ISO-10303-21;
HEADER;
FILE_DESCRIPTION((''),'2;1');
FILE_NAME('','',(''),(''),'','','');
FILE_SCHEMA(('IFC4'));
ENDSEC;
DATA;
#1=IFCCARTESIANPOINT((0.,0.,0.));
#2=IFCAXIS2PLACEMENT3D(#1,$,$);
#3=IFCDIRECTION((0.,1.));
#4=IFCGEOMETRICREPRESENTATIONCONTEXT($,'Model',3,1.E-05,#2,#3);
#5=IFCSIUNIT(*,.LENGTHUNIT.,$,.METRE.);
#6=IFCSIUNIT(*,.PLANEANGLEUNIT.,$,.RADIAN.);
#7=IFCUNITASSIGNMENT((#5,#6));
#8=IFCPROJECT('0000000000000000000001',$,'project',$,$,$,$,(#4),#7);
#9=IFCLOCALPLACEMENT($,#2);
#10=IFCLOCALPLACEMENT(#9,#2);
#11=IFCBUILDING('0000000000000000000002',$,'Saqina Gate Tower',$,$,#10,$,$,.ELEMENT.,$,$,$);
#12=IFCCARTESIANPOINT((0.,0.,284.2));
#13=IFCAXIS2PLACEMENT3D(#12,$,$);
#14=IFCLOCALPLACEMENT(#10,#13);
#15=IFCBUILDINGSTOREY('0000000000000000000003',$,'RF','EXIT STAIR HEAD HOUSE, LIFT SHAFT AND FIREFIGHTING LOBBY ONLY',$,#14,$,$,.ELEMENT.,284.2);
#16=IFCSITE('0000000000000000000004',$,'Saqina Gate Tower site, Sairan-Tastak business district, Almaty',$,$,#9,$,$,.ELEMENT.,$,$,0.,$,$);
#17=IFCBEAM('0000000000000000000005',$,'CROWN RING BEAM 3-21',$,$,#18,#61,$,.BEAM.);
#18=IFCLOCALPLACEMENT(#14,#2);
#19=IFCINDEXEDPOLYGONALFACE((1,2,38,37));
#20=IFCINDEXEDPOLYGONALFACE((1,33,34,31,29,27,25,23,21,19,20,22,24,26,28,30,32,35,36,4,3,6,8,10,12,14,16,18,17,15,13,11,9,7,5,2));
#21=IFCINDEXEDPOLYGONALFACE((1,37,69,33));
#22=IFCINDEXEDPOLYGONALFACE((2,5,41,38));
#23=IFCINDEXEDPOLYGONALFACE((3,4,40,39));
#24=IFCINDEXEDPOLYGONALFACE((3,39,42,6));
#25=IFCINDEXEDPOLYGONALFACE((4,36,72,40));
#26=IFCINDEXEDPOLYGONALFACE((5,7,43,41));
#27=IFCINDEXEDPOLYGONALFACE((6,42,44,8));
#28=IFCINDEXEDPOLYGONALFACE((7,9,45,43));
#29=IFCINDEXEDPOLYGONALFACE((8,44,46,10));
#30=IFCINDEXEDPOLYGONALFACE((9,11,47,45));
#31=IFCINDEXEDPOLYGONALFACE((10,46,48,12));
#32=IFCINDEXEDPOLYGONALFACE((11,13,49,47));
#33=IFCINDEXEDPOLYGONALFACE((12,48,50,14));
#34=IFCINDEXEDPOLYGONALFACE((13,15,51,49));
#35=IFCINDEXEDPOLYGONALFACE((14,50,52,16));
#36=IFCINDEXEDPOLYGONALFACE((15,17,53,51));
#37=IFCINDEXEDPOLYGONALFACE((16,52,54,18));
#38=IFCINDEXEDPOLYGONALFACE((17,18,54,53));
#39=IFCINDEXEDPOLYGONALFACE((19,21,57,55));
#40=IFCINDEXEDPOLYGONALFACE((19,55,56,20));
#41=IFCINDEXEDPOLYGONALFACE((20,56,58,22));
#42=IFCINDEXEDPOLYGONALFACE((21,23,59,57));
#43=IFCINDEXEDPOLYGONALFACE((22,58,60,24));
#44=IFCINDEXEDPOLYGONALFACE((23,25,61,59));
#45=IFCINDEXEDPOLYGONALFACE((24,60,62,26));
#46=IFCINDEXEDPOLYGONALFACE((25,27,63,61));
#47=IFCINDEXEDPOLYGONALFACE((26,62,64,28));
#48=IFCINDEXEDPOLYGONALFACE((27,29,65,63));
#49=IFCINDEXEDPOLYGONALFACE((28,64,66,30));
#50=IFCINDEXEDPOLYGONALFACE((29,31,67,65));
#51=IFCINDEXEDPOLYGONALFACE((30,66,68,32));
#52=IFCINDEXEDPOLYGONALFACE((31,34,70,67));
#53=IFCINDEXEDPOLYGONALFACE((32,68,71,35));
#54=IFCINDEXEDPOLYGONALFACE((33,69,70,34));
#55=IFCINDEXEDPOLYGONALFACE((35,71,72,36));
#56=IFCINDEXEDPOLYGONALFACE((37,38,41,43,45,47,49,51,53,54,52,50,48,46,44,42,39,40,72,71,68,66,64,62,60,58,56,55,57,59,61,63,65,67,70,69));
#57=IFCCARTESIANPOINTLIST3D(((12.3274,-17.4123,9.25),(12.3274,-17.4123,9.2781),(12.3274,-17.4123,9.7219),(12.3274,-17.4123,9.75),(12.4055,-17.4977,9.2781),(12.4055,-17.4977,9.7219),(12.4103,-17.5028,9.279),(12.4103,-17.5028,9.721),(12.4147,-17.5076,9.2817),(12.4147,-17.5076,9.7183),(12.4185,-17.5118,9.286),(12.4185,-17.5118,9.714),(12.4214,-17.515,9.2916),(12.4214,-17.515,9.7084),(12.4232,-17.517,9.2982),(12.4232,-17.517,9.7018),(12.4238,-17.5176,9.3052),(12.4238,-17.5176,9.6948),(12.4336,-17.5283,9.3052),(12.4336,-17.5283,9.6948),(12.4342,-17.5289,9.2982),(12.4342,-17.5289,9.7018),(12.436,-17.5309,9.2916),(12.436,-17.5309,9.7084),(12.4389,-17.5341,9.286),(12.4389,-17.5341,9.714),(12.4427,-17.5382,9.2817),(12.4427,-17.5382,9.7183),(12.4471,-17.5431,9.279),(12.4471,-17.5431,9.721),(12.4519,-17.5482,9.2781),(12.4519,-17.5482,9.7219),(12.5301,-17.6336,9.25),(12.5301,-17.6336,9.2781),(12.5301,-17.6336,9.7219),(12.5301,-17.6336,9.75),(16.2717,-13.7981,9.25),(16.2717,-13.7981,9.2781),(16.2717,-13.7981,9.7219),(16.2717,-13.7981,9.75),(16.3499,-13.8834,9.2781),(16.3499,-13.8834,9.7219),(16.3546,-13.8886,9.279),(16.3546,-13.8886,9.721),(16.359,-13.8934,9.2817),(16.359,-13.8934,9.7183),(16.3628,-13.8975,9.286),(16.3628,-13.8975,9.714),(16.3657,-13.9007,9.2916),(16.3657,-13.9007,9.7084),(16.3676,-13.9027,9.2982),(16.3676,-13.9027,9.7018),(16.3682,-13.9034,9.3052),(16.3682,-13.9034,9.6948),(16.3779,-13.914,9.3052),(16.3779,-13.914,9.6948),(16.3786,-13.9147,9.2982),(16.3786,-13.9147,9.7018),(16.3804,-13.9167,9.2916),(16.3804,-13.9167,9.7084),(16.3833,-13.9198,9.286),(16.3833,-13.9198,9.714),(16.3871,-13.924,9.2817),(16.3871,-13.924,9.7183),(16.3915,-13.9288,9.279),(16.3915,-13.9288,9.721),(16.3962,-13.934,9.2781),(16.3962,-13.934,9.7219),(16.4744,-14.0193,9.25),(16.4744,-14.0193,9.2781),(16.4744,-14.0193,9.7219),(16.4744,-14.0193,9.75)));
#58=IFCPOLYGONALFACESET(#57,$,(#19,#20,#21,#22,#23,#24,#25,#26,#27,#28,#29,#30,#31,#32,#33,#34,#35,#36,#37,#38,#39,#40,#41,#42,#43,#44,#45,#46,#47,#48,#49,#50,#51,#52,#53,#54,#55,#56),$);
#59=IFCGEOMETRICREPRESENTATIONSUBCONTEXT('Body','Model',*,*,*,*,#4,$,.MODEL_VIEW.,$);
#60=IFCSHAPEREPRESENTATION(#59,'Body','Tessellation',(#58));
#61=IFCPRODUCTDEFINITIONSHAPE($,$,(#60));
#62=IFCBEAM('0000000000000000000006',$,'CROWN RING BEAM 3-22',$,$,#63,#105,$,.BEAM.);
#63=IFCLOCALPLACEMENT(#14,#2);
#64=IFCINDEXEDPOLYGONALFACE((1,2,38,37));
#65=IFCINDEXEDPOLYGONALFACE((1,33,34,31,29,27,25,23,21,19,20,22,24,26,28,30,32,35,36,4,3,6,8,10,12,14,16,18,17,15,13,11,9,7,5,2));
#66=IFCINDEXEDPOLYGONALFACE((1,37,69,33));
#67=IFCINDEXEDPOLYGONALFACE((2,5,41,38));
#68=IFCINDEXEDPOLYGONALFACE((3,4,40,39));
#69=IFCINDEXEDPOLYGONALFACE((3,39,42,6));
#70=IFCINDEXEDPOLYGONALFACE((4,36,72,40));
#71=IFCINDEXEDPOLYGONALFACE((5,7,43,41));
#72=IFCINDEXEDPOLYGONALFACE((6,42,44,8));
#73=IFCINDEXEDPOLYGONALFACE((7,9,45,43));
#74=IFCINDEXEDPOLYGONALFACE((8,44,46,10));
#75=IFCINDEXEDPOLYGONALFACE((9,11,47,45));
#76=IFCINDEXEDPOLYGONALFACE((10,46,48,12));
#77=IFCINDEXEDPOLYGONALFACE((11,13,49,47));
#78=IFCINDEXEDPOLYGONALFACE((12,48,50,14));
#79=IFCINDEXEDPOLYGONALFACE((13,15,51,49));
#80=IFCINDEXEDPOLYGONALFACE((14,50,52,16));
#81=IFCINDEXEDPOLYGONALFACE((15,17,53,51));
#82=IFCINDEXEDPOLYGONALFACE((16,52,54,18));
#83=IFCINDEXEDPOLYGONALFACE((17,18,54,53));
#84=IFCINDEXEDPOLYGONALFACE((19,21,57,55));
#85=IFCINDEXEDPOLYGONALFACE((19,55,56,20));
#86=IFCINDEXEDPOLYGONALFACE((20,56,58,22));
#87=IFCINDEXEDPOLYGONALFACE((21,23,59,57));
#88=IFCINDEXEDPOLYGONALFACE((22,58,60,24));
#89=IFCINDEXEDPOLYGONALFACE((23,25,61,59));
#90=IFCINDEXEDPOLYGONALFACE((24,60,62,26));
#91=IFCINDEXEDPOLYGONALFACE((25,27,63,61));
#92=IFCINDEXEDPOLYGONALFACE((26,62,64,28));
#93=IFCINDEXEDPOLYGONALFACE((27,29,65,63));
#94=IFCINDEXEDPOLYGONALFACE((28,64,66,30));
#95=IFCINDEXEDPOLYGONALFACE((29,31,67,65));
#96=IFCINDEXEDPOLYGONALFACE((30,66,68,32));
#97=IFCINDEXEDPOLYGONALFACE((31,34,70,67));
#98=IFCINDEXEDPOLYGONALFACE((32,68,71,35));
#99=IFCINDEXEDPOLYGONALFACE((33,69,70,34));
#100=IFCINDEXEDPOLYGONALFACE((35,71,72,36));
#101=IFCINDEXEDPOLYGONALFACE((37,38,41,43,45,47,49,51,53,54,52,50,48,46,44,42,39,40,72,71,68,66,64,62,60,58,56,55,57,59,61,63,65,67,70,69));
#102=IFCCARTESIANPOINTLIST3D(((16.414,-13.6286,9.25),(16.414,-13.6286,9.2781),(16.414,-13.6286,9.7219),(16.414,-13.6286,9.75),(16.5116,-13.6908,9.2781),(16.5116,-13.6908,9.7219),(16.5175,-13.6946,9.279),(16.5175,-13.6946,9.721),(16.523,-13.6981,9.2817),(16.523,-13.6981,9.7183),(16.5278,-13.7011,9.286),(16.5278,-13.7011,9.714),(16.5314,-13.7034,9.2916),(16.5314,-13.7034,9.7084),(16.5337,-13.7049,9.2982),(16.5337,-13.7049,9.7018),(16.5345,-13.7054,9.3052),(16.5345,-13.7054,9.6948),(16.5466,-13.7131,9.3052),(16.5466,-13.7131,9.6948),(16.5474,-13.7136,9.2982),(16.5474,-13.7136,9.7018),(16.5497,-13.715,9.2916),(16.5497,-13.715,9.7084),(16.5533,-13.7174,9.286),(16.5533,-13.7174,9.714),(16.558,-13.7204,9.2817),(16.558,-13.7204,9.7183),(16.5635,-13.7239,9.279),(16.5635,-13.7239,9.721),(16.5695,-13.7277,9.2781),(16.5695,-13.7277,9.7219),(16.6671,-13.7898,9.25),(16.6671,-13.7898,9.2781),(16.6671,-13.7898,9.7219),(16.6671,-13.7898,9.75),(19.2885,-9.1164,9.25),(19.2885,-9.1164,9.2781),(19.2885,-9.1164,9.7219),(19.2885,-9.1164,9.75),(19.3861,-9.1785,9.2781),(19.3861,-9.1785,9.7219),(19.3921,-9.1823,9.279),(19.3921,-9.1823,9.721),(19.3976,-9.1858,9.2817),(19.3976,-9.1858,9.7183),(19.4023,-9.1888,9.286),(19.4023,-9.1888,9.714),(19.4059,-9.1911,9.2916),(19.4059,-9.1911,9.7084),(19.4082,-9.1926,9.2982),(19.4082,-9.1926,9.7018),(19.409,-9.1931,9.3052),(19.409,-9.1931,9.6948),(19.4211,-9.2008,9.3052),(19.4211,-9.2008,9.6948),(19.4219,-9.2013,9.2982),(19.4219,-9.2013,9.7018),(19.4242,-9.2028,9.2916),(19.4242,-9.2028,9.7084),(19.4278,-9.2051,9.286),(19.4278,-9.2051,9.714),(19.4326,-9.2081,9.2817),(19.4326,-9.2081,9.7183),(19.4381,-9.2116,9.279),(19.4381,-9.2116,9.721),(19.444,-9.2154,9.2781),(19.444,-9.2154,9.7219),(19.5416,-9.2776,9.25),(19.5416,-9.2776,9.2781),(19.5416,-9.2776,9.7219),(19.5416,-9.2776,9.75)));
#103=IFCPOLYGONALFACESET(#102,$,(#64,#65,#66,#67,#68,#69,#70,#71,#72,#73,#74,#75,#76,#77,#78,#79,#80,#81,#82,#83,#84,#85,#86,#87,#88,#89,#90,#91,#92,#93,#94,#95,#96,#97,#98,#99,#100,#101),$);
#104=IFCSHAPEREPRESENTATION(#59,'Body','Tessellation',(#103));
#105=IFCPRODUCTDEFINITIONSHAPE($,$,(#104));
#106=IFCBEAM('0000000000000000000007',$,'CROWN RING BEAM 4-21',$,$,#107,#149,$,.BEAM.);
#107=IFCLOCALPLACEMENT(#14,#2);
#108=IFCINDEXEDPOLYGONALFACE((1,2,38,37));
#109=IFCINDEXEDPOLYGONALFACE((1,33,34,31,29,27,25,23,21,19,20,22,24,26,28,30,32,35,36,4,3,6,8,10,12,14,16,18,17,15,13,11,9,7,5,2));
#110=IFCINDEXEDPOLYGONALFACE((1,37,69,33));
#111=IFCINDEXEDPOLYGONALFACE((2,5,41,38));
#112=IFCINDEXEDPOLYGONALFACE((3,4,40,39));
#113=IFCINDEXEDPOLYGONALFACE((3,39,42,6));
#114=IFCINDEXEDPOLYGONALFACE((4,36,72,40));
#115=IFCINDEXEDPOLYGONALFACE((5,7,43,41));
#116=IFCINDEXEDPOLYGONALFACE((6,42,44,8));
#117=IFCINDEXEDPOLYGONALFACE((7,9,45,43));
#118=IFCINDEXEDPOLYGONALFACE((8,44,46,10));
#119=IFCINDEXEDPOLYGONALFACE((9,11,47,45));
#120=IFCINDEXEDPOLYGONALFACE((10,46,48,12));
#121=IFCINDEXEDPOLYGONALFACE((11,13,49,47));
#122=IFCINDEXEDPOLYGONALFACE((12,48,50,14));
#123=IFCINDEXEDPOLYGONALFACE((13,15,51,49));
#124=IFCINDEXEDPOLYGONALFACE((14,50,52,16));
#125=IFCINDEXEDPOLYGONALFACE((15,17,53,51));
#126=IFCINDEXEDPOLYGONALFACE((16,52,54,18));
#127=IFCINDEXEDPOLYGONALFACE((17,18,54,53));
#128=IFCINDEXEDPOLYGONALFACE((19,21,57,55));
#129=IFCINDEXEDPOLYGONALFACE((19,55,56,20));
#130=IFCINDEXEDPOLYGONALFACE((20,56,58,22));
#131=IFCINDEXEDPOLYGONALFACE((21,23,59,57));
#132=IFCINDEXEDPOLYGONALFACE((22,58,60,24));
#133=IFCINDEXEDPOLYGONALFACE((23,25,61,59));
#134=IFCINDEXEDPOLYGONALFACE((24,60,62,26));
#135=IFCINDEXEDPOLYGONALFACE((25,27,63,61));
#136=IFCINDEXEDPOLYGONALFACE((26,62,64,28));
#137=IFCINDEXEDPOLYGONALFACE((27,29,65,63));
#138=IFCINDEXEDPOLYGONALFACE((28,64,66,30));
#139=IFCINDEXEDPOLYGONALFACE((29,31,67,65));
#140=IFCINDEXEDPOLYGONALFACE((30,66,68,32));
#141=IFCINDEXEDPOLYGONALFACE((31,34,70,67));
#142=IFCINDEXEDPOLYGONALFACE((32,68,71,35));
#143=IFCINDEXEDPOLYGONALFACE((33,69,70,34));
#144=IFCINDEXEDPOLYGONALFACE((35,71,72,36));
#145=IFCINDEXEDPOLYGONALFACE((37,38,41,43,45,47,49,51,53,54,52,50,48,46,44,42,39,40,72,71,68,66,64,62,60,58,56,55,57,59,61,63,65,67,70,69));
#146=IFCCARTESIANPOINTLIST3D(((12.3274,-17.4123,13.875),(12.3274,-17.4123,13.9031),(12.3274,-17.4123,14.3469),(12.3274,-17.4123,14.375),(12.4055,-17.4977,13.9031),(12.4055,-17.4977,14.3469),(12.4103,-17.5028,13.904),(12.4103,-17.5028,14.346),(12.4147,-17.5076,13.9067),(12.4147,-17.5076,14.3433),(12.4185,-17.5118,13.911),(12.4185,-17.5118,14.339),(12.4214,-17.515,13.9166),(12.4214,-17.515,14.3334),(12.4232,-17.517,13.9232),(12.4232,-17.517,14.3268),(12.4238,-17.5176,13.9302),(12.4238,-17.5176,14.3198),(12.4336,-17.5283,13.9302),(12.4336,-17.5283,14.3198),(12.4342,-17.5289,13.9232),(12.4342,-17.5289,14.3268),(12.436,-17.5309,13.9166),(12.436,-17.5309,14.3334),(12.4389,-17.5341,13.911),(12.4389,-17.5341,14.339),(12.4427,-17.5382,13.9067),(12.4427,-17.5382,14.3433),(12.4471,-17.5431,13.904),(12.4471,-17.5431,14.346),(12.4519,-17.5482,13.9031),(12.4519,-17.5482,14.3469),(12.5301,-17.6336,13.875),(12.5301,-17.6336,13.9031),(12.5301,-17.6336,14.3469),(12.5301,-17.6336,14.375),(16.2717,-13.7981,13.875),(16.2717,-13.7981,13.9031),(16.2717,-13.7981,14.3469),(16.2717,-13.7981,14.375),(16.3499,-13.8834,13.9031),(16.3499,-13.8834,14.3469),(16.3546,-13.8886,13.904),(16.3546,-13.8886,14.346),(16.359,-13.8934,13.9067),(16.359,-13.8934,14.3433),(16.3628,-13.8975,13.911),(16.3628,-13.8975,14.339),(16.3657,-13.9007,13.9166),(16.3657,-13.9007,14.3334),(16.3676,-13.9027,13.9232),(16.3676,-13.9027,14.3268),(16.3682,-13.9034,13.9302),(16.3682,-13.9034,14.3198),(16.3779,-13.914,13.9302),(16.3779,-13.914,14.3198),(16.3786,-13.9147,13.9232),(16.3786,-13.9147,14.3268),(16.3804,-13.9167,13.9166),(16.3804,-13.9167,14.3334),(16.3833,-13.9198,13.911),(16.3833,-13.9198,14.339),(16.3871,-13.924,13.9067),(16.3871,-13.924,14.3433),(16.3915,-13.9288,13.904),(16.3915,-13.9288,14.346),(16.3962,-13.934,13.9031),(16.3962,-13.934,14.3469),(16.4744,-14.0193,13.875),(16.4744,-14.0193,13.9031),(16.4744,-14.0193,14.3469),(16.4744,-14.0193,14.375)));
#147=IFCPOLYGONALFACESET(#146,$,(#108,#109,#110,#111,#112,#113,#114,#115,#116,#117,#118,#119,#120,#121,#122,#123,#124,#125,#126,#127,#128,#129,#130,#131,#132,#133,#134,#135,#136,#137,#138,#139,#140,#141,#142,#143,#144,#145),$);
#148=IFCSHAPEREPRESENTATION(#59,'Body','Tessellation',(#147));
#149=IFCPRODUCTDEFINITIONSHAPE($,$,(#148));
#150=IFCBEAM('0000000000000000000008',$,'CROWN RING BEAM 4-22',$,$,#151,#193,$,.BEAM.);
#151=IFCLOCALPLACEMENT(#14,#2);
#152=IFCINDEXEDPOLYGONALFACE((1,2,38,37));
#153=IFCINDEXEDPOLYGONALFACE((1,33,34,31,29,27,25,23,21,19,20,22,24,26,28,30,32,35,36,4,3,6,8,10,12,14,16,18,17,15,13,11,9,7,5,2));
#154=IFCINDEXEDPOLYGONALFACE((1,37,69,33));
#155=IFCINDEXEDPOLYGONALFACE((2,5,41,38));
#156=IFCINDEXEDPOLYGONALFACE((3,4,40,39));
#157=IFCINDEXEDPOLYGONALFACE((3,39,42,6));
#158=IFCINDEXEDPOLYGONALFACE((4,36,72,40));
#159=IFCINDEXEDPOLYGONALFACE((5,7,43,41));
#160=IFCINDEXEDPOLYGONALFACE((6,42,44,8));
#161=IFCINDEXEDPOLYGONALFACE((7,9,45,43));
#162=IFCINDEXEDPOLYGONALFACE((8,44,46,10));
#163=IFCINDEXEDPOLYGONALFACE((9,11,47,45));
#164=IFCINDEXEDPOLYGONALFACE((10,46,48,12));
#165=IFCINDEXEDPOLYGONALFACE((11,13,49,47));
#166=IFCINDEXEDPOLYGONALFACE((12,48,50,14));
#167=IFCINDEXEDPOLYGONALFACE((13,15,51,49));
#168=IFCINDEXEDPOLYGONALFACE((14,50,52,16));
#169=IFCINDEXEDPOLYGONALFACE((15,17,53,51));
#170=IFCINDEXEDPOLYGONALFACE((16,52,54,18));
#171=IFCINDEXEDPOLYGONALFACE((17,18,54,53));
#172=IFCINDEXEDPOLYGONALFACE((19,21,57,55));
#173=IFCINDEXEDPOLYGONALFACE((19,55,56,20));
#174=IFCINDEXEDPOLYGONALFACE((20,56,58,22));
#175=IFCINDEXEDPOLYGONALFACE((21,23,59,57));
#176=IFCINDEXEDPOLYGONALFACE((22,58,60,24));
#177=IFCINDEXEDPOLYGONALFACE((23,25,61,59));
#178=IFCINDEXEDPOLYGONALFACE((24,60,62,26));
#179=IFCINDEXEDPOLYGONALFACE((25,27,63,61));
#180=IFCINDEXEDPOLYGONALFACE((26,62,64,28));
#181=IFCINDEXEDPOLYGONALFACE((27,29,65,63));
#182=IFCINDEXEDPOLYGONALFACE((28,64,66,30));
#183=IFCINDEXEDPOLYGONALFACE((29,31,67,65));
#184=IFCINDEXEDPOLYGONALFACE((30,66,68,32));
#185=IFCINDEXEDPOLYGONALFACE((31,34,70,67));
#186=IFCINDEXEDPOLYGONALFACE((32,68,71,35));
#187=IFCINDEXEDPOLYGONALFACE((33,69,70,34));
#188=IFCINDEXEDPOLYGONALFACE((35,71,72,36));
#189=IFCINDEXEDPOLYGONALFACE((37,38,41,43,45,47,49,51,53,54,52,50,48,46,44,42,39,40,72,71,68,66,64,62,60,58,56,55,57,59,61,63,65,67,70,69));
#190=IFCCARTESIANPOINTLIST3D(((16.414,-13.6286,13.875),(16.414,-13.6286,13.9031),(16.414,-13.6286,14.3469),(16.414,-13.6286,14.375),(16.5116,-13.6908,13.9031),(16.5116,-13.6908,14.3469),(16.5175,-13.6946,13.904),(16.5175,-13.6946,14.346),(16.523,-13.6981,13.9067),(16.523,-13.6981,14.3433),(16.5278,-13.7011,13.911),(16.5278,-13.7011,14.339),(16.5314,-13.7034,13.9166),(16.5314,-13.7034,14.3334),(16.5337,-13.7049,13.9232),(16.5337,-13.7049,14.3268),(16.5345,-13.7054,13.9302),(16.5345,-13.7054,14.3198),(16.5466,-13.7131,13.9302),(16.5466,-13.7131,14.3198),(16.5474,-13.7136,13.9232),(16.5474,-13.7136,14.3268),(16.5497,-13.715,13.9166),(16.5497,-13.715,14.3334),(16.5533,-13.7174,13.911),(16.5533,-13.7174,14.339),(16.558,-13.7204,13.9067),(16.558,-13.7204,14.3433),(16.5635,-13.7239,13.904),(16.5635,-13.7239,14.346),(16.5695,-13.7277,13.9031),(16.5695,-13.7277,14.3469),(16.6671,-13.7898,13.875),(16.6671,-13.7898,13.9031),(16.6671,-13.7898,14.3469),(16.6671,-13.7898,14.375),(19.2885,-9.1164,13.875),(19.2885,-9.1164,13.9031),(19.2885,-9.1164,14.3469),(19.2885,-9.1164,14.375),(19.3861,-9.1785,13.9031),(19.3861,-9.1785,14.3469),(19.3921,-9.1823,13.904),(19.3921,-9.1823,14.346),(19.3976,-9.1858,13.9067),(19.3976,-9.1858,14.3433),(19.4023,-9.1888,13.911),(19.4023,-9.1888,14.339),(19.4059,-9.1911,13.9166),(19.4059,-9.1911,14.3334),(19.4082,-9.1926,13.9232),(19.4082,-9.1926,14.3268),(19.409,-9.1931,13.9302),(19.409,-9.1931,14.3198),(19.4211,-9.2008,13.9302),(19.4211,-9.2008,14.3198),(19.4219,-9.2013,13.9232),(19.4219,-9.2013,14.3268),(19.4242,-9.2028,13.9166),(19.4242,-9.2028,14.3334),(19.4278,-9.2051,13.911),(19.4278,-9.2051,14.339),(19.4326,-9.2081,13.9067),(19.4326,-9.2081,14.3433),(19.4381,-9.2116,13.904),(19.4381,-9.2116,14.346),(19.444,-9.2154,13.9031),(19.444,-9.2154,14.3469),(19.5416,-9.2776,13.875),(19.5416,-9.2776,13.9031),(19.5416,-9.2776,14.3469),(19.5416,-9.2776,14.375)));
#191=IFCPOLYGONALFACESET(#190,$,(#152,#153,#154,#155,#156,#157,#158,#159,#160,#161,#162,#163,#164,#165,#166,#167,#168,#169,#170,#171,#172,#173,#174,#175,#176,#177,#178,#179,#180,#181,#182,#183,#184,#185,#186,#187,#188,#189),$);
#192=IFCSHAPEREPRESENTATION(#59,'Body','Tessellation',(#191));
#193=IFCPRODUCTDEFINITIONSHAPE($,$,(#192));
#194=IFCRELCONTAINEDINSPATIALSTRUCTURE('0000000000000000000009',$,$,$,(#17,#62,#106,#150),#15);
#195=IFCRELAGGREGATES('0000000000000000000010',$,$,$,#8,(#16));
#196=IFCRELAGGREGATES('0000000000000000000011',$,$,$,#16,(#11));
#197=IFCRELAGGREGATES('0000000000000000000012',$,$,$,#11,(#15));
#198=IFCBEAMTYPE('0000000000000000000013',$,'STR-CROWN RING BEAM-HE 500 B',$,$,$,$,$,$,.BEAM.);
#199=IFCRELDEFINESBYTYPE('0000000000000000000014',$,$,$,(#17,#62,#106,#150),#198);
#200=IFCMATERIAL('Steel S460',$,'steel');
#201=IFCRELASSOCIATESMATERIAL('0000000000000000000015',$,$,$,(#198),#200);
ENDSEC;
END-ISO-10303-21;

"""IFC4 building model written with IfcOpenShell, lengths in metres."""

from ifc_helpers import new_model, si_unit, direction, frame, origin, origin_2d, place, context, subcontext, project, spatial, i_section, extrude, material, material_profile, profile_set, type_object, element, save


model = new_model("IFC4")

# Units and contexts
model_context = context("Model", 3, precision=1e-05, world=origin(), true_north=direction((0.0, 1.0)))
body_context = subcontext(model_context, "Body", "Model", "MODEL_VIEW")
ifc_project = project(units=[si_unit("LENGTHUNIT", "METRE"), si_unit("PLANEANGLEUNIT", "RADIAN")], contexts=[model_context])

# Site, building, storey
site_placement = place(None, origin())
site = spatial("IfcSite", under=ifc_project, at=site_placement, Name="Saqina Gate Tower site, Sairan-Tastak business district, Almaty", CompositionType="ELEMENT", RefElevation=0.0)
building_placement = place(site_placement, origin())
building = spatial("IfcBuilding", under=site, at=building_placement, Name="Saqina Gate Tower", CompositionType="ELEMENT")
storey_placement = place(building_placement, frame((0.0, 0.0, 284.2)))
storey = spatial("IfcBuildingStorey", under=building, at=storey_placement, Name="RF", Description="EXIT STAIR HEAD HOUSE, LIFT SHAFT AND FIREFIGHTING LOBBY ONLY", CompositionType="ELEMENT", Elevation=284.2)

# Beams
ifc_material_1 = material(Name="Steel S460", Category="steel")
ifc_material_profile_1 = material_profile(ifc_material_1, i_section(OverallWidth=0.3, OverallDepth=0.5, WebThickness=0.0144, FlangeThickness=0.0281, FilletRadius=0.0271, at=origin_2d()), Name="HE 500 B")
ifc_profile_set_1 = profile_set([ifc_material_profile_1], Name="Steel S460")
beam_type_1 = type_object("IfcBeamType", Name="STR-CROWN RING BEAM-HE 500 B", PredefinedType="BEAM", material=ifc_profile_set_1)
beam_1_placement = place(storey_placement, frame((12.4287, -17.5229, 9.5), z_axis=(0.737283, 0.675584, 0.0), x_axis=(-0.675584, 0.737283, 0.0)))
element("IfcBeam", 1, at=beam_1_placement, inside=storey, type_object=beam_type_1, Name="CROWN RING BEAM 3-21", PredefinedType="BEAM", context=body_context, shape_type="SweptSolid", body=[
    extrude(i_section(OverallWidth=0.3, OverallDepth=0.5, WebThickness=0.0144, FlangeThickness=0.0281, FilletRadius=0.0271, at=origin_2d()), origin(), (0.0, 0.0, 1.0), 5.3499),
])
beam_2_placement = place(storey_placement, frame((16.5405, -13.7092, 9.5), z_axis=(0.537289, 0.843398, 0.0), x_axis=(-0.843398, 0.537289, 0.0)))
element("IfcBeam", 2, at=beam_2_placement, inside=storey, type_object=beam_type_1, Name="CROWN RING BEAM 3-22", PredefinedType="BEAM", context=body_context, shape_type="SweptSolid", body=[
    extrude(i_section(OverallWidth=0.3, OverallDepth=0.5, WebThickness=0.0144, FlangeThickness=0.0281, FilletRadius=0.0271, at=origin_2d()), origin(), (0.0, 0.0, 1.0), 5.3501),
])
beam_3_placement = place(storey_placement, frame((12.4287, -17.5229, 14.125), z_axis=(0.737283, 0.675584, 0.0), x_axis=(-0.675584, 0.737283, 0.0)))
element("IfcBeam", 3, at=beam_3_placement, inside=storey, type_object=beam_type_1, Name="CROWN RING BEAM 4-21", PredefinedType="BEAM", context=body_context, shape_type="SweptSolid", body=[
    extrude(i_section(OverallWidth=0.3, OverallDepth=0.5, WebThickness=0.0144, FlangeThickness=0.0281, FilletRadius=0.0271, at=origin_2d()), origin(), (0.0, 0.0, 1.0), 5.3499),
])
beam_4_placement = place(storey_placement, frame((16.5405, -13.7092, 14.125), z_axis=(0.537289, 0.843398, 0.0), x_axis=(-0.843398, 0.537289, 0.0)))
element("IfcBeam", 4, at=beam_4_placement, inside=storey, type_object=beam_type_1, Name="CROWN RING BEAM 4-22", PredefinedType="BEAM", context=body_context, shape_type="SweptSolid", body=[
    extrude(i_section(OverallWidth=0.3, OverallDepth=0.5, WebThickness=0.0144, FlangeThickness=0.0281, FilletRadius=0.0271, at=origin_2d()), origin(), (0.0, 0.0, 1.0), 5.3501),
])

save(model, "model.ifc")
